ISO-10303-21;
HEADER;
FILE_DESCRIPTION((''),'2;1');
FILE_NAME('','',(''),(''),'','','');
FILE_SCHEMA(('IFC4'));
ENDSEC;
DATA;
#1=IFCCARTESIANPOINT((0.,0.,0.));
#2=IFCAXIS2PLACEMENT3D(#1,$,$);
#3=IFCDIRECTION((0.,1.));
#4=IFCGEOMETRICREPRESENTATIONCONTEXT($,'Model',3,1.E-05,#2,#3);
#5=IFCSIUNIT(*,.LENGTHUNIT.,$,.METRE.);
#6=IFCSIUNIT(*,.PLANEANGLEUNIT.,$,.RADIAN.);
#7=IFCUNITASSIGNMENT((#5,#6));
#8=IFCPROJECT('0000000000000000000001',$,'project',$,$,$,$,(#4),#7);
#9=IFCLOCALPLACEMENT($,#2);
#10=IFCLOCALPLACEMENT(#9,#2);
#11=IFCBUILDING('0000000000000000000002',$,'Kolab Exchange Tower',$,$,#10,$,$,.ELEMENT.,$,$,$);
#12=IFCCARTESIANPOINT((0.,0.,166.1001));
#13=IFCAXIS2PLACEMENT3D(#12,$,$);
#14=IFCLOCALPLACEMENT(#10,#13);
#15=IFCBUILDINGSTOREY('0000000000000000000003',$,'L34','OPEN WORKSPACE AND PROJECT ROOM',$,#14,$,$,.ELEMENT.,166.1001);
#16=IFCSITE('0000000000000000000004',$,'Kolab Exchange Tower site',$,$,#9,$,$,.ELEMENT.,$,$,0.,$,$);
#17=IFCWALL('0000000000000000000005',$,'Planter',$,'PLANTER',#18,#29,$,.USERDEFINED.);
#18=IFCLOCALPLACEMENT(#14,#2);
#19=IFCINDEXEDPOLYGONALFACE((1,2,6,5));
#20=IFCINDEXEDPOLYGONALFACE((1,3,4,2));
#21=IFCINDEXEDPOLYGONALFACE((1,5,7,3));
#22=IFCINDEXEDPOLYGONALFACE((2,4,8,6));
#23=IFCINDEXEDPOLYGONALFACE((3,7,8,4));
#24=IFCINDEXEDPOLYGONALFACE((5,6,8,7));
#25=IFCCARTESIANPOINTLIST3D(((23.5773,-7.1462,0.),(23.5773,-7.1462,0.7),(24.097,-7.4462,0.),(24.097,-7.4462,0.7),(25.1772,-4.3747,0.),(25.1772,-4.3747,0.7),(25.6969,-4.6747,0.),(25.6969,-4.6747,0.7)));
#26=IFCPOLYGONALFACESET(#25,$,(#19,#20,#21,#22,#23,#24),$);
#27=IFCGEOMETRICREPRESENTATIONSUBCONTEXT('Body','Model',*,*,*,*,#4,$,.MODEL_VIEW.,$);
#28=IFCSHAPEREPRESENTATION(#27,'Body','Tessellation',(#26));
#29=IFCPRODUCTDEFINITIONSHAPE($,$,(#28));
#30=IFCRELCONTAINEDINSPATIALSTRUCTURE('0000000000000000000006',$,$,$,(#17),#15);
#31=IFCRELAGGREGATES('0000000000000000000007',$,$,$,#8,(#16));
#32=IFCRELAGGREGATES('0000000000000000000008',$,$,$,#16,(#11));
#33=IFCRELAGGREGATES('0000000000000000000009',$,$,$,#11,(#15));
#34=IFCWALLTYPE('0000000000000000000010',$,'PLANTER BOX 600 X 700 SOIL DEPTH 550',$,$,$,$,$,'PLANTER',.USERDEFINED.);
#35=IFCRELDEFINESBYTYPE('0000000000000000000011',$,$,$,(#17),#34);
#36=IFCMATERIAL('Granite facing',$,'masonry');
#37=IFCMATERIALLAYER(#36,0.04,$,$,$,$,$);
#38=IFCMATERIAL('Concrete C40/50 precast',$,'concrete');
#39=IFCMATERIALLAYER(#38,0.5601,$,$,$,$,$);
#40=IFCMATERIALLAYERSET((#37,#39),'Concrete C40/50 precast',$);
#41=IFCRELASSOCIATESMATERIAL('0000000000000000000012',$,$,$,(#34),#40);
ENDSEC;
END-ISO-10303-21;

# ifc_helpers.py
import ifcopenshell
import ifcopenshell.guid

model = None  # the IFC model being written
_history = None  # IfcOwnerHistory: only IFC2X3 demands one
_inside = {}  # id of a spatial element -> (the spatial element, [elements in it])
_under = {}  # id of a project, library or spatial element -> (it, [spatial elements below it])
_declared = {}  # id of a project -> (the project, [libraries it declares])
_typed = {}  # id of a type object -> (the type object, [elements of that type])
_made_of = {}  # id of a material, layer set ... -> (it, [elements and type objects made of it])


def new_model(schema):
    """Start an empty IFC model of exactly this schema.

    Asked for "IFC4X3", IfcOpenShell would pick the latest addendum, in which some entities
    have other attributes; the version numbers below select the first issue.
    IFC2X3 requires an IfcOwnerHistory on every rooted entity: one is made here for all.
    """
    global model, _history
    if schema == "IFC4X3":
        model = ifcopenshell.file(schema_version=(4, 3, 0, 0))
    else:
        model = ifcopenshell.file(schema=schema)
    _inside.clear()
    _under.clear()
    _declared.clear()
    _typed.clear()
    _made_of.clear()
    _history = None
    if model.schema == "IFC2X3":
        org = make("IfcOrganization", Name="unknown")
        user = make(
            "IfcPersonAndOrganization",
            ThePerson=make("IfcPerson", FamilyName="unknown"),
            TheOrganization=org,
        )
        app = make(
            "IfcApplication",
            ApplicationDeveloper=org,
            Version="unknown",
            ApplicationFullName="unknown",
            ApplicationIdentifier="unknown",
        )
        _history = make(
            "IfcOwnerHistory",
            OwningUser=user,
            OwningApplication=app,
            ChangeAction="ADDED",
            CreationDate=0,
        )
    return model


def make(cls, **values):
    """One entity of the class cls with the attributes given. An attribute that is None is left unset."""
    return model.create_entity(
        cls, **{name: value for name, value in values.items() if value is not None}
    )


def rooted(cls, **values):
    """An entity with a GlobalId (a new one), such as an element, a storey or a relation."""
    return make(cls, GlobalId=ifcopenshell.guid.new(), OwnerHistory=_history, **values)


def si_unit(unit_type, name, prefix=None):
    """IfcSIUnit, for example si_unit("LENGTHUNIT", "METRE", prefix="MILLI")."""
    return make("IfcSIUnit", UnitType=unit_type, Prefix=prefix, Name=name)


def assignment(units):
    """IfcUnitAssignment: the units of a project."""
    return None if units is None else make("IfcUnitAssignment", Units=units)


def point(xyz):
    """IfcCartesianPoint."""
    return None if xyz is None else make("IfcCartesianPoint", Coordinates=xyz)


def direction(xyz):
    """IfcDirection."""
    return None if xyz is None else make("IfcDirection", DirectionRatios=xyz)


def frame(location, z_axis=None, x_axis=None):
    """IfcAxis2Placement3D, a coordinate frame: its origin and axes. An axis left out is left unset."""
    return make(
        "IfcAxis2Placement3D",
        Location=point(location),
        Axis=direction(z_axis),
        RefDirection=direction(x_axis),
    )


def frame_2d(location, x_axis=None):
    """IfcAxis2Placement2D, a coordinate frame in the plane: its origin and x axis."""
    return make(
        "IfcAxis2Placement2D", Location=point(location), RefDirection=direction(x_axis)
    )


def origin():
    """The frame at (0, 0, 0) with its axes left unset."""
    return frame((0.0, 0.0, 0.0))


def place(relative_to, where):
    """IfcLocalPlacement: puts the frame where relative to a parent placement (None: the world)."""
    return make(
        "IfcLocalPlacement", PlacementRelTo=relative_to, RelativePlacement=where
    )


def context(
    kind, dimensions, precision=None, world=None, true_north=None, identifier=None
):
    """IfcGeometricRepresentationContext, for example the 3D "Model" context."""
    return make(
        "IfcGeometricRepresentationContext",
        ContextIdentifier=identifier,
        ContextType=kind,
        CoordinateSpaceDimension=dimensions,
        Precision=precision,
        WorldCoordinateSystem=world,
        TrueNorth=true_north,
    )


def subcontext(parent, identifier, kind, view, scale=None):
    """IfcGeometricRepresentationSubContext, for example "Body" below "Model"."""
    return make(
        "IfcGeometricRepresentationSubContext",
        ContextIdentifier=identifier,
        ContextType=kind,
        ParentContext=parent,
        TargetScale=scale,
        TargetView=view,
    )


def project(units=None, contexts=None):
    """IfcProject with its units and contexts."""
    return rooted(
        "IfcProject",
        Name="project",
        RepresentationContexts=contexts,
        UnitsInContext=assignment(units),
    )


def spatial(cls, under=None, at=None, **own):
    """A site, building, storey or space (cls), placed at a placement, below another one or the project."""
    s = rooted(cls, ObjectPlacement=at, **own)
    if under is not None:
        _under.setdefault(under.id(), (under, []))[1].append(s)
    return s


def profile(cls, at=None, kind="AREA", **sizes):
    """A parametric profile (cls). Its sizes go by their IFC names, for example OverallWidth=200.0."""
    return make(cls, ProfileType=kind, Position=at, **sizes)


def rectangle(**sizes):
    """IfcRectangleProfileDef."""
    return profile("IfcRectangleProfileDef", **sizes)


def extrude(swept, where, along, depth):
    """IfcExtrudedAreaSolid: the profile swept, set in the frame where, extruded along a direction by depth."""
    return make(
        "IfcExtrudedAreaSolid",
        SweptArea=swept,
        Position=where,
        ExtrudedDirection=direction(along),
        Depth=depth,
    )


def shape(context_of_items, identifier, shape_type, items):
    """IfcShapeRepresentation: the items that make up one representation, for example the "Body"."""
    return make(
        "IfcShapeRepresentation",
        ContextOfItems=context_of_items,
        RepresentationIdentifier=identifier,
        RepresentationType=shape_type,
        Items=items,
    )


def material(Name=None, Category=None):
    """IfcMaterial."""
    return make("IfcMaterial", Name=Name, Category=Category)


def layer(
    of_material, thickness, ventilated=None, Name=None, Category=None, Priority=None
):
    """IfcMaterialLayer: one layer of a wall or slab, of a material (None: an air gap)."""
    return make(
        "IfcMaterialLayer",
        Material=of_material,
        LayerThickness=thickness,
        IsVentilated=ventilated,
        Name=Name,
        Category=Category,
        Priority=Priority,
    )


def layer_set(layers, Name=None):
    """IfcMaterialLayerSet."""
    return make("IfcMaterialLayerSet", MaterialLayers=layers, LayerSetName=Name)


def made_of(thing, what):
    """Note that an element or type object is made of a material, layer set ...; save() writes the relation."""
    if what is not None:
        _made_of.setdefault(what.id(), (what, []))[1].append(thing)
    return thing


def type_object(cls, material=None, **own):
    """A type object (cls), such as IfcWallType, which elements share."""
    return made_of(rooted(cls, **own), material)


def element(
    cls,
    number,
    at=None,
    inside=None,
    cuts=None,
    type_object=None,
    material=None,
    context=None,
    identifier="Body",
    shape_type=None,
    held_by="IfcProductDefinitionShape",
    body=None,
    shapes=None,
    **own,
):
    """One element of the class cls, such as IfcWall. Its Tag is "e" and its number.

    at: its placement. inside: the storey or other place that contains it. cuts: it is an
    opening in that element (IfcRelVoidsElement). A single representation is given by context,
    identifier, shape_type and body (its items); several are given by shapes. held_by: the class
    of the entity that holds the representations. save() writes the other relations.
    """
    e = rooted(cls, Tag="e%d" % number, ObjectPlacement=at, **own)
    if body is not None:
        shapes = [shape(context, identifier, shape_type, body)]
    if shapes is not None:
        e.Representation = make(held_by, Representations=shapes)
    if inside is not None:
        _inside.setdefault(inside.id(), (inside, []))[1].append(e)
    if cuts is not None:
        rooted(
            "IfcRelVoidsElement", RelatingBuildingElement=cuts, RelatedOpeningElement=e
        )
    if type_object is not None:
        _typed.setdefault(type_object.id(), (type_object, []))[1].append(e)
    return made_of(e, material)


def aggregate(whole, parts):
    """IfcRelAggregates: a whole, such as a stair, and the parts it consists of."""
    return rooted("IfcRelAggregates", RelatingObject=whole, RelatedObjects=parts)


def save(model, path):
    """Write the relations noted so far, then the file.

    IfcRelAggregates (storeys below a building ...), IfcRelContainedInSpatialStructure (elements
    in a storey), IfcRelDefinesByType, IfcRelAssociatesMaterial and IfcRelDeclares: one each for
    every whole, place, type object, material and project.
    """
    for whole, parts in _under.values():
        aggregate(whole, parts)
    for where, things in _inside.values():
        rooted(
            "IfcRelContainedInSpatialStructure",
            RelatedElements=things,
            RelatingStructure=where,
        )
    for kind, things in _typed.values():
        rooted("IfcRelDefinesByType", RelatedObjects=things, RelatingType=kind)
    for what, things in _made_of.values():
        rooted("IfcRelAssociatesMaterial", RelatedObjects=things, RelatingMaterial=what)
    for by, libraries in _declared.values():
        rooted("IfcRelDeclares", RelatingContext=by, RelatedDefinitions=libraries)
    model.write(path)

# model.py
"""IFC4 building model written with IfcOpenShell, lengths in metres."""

from ifc_helpers import new_model, si_unit, direction, frame, frame_2d, origin, place, context, subcontext, project, spatial, rectangle, extrude, material, layer, layer_set, type_object, element, save


model = new_model("IFC4")

# Units and contexts
model_context = context("Model", 3, precision=1e-05, world=origin(), true_north=direction((0.0, 1.0)))
body_context = subcontext(model_context, "Body", "Model", "MODEL_VIEW")
ifc_project = project(units=[si_unit("LENGTHUNIT", "METRE"), si_unit("PLANEANGLEUNIT", "RADIAN")], contexts=[model_context])

# Site, building, storey
site_placement = place(None, origin())
site = spatial("IfcSite", under=ifc_project, at=site_placement, Name="Kolab Exchange Tower site", CompositionType="ELEMENT", RefElevation=0.0)
building_placement = place(site_placement, origin())
building = spatial("IfcBuilding", under=site, at=building_placement, Name="Kolab Exchange Tower", CompositionType="ELEMENT")
storey_placement = place(building_placement, frame((0.0, 0.0, 166.1001)))
storey = spatial("IfcBuildingStorey", under=building, at=storey_placement, Name="L34", Description="OPEN WORKSPACE AND PROJECT ROOM", CompositionType="ELEMENT", Elevation=166.1001)

# Wall
ifc_material_1 = material(Name="Granite facing", Category="masonry")
ifc_layer_1 = layer(ifc_material_1, 0.04)
ifc_material_2 = material(Name="Concrete C40/50 precast", Category="concrete")
ifc_layer_2 = layer(ifc_material_2, 0.5601)
ifc_layer_set_1 = layer_set([ifc_layer_1, ifc_layer_2], Name="Concrete C40/50 precast")
wall_type_1 = type_object("IfcWallType", Name="PLANTER BOX 600 X 700 SOIL DEPTH 550", ElementType="PLANTER", PredefinedType="USERDEFINED", material=ifc_layer_set_1)
wall_1_placement = place(storey_placement, frame((25.437, -4.5247, 0.0), z_axis=(0.0, 0.0, 1.0), x_axis=(-0.499938, -0.866061, 0.0)))
element("IfcWall", 1, at=wall_1_placement, inside=storey, type_object=wall_type_1, Name="Planter", ObjectType="PLANTER", PredefinedType="USERDEFINED", context=body_context, shape_type="SweptSolid", body=[
    extrude(rectangle(XDim=3.2002, YDim=0.6001, at=frame_2d((1.6001, 0.0))), origin(), (0.0, 0.0, 1.0), 0.7),
])

save(model, "model.ifc")
